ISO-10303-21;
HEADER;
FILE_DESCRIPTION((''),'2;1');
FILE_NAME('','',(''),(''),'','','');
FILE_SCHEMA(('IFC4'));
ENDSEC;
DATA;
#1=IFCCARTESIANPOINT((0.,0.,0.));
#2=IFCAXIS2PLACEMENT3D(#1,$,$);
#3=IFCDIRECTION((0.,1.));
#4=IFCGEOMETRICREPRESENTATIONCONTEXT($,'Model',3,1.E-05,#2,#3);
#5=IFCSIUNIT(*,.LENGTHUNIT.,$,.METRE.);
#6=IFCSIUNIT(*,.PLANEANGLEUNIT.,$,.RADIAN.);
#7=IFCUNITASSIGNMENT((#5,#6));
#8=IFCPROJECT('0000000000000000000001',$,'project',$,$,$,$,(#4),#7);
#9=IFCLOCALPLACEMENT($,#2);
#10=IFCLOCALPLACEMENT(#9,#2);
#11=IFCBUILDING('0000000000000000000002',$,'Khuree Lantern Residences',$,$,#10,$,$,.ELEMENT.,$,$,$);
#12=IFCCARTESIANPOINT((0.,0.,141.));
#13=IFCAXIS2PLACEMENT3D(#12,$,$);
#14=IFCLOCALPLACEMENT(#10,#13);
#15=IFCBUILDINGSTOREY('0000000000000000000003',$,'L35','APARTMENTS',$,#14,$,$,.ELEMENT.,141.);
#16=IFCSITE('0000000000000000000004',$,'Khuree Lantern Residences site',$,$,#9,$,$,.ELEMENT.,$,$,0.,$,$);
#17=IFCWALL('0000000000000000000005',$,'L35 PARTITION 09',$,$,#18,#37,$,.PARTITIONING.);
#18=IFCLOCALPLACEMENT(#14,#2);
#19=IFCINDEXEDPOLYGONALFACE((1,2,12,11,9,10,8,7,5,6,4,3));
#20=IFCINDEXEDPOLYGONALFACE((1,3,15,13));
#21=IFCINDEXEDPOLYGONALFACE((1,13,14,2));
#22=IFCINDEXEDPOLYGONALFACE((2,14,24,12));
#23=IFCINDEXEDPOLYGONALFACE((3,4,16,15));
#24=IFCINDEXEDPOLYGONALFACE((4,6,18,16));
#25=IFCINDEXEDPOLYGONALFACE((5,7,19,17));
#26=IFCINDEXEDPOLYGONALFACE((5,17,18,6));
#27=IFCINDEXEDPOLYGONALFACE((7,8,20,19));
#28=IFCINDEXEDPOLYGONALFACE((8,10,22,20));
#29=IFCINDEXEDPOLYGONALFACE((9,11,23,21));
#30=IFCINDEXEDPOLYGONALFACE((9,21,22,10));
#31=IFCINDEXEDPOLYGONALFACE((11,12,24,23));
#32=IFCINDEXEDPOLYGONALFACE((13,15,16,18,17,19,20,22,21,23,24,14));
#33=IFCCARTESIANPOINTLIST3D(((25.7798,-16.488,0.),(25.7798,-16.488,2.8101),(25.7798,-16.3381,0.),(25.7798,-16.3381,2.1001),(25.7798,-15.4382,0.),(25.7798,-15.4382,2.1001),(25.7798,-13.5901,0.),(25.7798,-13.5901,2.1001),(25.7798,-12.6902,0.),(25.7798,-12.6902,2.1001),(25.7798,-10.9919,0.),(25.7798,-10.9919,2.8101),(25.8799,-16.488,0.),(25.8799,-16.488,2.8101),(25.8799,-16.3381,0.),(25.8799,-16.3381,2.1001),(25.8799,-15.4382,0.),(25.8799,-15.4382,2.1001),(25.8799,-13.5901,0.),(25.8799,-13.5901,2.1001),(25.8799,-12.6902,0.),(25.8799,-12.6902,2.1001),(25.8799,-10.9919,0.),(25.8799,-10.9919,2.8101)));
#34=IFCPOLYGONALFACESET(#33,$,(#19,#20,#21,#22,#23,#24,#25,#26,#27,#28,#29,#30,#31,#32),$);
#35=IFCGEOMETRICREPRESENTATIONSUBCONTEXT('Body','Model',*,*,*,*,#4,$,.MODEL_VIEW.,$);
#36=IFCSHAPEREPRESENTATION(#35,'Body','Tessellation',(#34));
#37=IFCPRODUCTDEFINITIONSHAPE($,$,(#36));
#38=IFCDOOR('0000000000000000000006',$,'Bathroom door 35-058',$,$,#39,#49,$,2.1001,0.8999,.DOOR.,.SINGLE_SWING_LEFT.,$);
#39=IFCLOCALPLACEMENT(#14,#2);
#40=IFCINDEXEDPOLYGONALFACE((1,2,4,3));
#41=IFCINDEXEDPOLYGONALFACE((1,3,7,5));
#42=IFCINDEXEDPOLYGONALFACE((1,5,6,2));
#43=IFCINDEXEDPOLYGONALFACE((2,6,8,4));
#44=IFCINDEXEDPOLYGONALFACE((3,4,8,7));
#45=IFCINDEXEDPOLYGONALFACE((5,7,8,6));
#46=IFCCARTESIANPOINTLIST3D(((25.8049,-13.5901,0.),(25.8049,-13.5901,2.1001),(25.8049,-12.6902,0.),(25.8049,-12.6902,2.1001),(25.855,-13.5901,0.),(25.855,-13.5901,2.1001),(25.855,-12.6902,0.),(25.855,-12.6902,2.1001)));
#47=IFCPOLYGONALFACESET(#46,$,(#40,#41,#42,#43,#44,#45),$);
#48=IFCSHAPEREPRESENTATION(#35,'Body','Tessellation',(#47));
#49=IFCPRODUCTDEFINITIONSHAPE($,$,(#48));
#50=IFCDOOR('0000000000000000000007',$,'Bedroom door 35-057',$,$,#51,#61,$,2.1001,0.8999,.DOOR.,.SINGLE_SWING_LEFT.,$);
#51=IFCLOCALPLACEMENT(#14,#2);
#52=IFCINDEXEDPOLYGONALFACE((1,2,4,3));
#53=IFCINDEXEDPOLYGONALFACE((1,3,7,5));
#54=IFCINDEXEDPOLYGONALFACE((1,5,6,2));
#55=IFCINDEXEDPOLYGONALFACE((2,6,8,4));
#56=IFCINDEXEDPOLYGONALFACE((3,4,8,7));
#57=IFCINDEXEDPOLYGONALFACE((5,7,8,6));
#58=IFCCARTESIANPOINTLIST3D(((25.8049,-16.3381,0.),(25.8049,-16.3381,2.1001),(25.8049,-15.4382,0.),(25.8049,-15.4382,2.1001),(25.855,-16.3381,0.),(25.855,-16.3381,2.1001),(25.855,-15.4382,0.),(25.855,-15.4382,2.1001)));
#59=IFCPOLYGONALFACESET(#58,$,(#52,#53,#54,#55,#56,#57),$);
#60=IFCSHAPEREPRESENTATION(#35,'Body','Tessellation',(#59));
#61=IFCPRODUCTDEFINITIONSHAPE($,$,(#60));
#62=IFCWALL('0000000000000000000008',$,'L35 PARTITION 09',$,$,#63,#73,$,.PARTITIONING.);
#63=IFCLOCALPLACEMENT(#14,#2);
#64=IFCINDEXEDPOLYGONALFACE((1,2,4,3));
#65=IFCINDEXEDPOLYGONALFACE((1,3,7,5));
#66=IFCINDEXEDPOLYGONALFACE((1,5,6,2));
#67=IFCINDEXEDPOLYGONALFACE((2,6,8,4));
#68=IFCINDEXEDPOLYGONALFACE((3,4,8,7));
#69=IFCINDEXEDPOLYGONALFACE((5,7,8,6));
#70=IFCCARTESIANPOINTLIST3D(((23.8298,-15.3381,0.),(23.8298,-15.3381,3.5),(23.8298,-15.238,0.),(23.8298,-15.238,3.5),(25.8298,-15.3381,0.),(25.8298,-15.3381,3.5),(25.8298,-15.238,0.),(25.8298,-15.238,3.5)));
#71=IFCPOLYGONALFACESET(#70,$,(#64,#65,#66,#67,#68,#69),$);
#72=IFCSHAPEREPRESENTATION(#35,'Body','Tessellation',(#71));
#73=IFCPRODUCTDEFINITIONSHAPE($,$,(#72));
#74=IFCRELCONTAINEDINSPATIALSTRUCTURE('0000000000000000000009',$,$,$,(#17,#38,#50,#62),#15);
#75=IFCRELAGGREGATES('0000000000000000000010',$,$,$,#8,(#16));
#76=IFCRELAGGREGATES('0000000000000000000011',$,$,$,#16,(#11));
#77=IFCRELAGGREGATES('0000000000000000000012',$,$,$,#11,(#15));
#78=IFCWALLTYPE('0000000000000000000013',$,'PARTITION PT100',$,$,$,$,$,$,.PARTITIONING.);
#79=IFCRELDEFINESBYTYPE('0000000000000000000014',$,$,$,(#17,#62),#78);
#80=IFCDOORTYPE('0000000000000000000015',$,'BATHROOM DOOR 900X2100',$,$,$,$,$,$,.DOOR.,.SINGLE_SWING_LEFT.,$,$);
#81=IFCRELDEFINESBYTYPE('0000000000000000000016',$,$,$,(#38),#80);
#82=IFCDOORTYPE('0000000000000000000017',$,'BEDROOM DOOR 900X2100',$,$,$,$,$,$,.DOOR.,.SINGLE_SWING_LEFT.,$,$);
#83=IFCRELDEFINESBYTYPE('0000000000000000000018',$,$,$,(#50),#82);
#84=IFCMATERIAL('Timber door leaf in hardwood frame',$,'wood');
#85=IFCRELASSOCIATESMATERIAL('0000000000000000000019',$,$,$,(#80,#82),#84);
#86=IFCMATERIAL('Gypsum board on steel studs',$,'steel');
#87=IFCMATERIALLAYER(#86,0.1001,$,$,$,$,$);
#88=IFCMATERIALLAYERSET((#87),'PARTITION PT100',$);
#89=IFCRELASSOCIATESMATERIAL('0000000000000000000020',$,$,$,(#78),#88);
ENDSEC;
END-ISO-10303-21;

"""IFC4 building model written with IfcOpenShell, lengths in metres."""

from ifc_helpers import new_model, si_unit, direction, frame, frame_2d, origin, place, context, subcontext, project, spatial, rectangle, extrude, material, layer, layer_set, type_object, element, fill, save


model = new_model("IFC4")

# Units and contexts
model_context = context("Model", 3, precision=1e-05, world=origin(), true_north=direction((0.0, 1.0)))
body_context = subcontext(model_context, "Body", "Model", "MODEL_VIEW")
ifc_project = project(units=[si_unit("LENGTHUNIT", "METRE"), si_unit("PLANEANGLEUNIT", "RADIAN")], contexts=[model_context])

# Site, building, storey
site_placement = place(None, origin())
site = spatial("IfcSite", under=ifc_project, at=site_placement, Name="Khuree Lantern Residences site", CompositionType="ELEMENT", RefElevation=0.0)
building_placement = place(site_placement, origin())
building = spatial("IfcBuilding", under=site, at=building_placement, Name="Khuree Lantern Residences", CompositionType="ELEMENT")
storey_placement = place(building_placement, frame((0.0, 0.0, 141.0)))
storey = spatial("IfcBuildingStorey", under=building, at=storey_placement, Name="L35", Description="APARTMENTS", CompositionType="ELEMENT", Elevation=141.0)

# Shared definitions
ifc_material_1 = material(Name="Timber door leaf in hardwood frame", Category="wood")
door_type_1 = type_object("IfcDoorType", Name="BATHROOM DOOR 900X2100", OperationType="SINGLE_SWING_LEFT", PredefinedType="DOOR", material=ifc_material_1)

# Shared definitions
ifc_material_2 = material(Name="Gypsum board on steel studs", Category="steel")

# Shared definitions
ifc_layer_1 = layer(ifc_material_2, 0.1001)
ifc_layer_set_1 = layer_set([ifc_layer_1], Name="PARTITION PT100")
wall_type_1 = type_object("IfcWallType", Name="PARTITION PT100", PredefinedType="PARTITIONING", material=ifc_layer_set_1)

# Shared definitions
door_type_2 = type_object("IfcDoorType", Name="BEDROOM DOOR 900X2100", OperationType="SINGLE_SWING_LEFT", PredefinedType="DOOR", material=ifc_material_1)

# Wall, openings, doors
wall_1_placement = place(storey_placement, frame((25.8298, -16.488, 0.0), z_axis=(0.0, 0.0, 1.0), x_axis=(0.0, 1.0, 0.0)))
wall_1 = element("IfcWall", 1, at=wall_1_placement, inside=storey, type_object=wall_type_1, Name="L35 PARTITION 09", PredefinedType="PARTITIONING", context=body_context, shape_type="SweptSolid", body=[
    extrude(rectangle(XDim=5.4961, YDim=0.1001, at=frame_2d((2.748, 0.0))), origin(), (0.0, 0.0, 1.0), 2.8101),
])
opening_1_placement = place(wall_1_placement, frame((0.1499, 0.0, 0.0)))
opening_1 = element("IfcOpeningElement", 2, at=opening_1_placement, cuts=wall_1, PredefinedType="OPENING", context=body_context, shape_type="SweptSolid", body=[
    extrude(rectangle(XDim=0.8999, YDim=2.1001, at=frame_2d((0.45, 1.05))), frame((0.0, 0.0601, 0.0), z_axis=(0.0, -1.0, 0.0), x_axis=(1.0, 0.0, 0.0)), (0.0, 0.0, 1.0), 0.1201),
])
opening_2_placement = place(wall_1_placement, frame((2.8979, 0.0, 0.0)))
opening_2 = element("IfcOpeningElement", 3, at=opening_2_placement, cuts=wall_1, PredefinedType="OPENING", context=body_context, shape_type="SweptSolid", body=[
    extrude(rectangle(XDim=0.8999, YDim=2.1001, at=frame_2d((0.45, 1.05))), frame((0.0, 0.0601, 0.0), z_axis=(0.0, -1.0, 0.0), x_axis=(1.0, 0.0, 0.0)), (0.0, 0.0, 1.0), 0.1201),
])
door_1_placement = place(opening_2_placement, origin())
door_1 = element("IfcDoor", 4, at=door_1_placement, inside=storey, type_object=door_type_1, Name="Bathroom door 35-058", OperationType="SINGLE_SWING_LEFT", OverallHeight=2.1001, OverallWidth=0.8999, PredefinedType="DOOR", context=body_context, shape_type="SweptSolid", body=[
    extrude(rectangle(XDim=0.8999, YDim=2.1001, at=frame_2d((0.45, 1.05))), frame((0.0, 0.0249, 0.0), z_axis=(0.0, -1.0, 0.0), x_axis=(1.0, 0.0, 0.0)), (0.0, 0.0, 1.0), 0.05),
])
fill(opening_2, door_1)
door_2_placement = place(opening_1_placement, origin())
door_2 = element("IfcDoor", 5, at=door_2_placement, inside=storey, type_object=door_type_2, Name="Bedroom door 35-057", OperationType="SINGLE_SWING_LEFT", OverallHeight=2.1001, OverallWidth=0.8999, PredefinedType="DOOR", context=body_context, shape_type="SweptSolid", body=[
    extrude(rectangle(XDim=0.8999, YDim=2.1001, at=frame_2d((0.45, 1.05))), frame((0.0, 0.0249, 0.0), z_axis=(0.0, -1.0, 0.0), x_axis=(1.0, 0.0, 0.0)), (0.0, 0.0, 1.0), 0.05),
])
fill(opening_1, door_2)

# Wall
wall_2_placement = place(storey_placement, frame((23.8298, -15.2881, 0.0), z_axis=(0.0, 0.0, 1.0), x_axis=(1.0, 0.0, 0.0)))
element("IfcWall", 6, at=wall_2_placement, inside=storey, type_object=wall_type_1, Name="L35 PARTITION 09", PredefinedType="PARTITIONING", context=body_context, shape_type="SweptSolid", body=[
    extrude(rectangle(XDim=2.0, YDim=0.1001, at=frame_2d((1.0, 0.0))), origin(), (0.0, 0.0, 1.0), 3.5),
])

save(model, "model.ifc")
